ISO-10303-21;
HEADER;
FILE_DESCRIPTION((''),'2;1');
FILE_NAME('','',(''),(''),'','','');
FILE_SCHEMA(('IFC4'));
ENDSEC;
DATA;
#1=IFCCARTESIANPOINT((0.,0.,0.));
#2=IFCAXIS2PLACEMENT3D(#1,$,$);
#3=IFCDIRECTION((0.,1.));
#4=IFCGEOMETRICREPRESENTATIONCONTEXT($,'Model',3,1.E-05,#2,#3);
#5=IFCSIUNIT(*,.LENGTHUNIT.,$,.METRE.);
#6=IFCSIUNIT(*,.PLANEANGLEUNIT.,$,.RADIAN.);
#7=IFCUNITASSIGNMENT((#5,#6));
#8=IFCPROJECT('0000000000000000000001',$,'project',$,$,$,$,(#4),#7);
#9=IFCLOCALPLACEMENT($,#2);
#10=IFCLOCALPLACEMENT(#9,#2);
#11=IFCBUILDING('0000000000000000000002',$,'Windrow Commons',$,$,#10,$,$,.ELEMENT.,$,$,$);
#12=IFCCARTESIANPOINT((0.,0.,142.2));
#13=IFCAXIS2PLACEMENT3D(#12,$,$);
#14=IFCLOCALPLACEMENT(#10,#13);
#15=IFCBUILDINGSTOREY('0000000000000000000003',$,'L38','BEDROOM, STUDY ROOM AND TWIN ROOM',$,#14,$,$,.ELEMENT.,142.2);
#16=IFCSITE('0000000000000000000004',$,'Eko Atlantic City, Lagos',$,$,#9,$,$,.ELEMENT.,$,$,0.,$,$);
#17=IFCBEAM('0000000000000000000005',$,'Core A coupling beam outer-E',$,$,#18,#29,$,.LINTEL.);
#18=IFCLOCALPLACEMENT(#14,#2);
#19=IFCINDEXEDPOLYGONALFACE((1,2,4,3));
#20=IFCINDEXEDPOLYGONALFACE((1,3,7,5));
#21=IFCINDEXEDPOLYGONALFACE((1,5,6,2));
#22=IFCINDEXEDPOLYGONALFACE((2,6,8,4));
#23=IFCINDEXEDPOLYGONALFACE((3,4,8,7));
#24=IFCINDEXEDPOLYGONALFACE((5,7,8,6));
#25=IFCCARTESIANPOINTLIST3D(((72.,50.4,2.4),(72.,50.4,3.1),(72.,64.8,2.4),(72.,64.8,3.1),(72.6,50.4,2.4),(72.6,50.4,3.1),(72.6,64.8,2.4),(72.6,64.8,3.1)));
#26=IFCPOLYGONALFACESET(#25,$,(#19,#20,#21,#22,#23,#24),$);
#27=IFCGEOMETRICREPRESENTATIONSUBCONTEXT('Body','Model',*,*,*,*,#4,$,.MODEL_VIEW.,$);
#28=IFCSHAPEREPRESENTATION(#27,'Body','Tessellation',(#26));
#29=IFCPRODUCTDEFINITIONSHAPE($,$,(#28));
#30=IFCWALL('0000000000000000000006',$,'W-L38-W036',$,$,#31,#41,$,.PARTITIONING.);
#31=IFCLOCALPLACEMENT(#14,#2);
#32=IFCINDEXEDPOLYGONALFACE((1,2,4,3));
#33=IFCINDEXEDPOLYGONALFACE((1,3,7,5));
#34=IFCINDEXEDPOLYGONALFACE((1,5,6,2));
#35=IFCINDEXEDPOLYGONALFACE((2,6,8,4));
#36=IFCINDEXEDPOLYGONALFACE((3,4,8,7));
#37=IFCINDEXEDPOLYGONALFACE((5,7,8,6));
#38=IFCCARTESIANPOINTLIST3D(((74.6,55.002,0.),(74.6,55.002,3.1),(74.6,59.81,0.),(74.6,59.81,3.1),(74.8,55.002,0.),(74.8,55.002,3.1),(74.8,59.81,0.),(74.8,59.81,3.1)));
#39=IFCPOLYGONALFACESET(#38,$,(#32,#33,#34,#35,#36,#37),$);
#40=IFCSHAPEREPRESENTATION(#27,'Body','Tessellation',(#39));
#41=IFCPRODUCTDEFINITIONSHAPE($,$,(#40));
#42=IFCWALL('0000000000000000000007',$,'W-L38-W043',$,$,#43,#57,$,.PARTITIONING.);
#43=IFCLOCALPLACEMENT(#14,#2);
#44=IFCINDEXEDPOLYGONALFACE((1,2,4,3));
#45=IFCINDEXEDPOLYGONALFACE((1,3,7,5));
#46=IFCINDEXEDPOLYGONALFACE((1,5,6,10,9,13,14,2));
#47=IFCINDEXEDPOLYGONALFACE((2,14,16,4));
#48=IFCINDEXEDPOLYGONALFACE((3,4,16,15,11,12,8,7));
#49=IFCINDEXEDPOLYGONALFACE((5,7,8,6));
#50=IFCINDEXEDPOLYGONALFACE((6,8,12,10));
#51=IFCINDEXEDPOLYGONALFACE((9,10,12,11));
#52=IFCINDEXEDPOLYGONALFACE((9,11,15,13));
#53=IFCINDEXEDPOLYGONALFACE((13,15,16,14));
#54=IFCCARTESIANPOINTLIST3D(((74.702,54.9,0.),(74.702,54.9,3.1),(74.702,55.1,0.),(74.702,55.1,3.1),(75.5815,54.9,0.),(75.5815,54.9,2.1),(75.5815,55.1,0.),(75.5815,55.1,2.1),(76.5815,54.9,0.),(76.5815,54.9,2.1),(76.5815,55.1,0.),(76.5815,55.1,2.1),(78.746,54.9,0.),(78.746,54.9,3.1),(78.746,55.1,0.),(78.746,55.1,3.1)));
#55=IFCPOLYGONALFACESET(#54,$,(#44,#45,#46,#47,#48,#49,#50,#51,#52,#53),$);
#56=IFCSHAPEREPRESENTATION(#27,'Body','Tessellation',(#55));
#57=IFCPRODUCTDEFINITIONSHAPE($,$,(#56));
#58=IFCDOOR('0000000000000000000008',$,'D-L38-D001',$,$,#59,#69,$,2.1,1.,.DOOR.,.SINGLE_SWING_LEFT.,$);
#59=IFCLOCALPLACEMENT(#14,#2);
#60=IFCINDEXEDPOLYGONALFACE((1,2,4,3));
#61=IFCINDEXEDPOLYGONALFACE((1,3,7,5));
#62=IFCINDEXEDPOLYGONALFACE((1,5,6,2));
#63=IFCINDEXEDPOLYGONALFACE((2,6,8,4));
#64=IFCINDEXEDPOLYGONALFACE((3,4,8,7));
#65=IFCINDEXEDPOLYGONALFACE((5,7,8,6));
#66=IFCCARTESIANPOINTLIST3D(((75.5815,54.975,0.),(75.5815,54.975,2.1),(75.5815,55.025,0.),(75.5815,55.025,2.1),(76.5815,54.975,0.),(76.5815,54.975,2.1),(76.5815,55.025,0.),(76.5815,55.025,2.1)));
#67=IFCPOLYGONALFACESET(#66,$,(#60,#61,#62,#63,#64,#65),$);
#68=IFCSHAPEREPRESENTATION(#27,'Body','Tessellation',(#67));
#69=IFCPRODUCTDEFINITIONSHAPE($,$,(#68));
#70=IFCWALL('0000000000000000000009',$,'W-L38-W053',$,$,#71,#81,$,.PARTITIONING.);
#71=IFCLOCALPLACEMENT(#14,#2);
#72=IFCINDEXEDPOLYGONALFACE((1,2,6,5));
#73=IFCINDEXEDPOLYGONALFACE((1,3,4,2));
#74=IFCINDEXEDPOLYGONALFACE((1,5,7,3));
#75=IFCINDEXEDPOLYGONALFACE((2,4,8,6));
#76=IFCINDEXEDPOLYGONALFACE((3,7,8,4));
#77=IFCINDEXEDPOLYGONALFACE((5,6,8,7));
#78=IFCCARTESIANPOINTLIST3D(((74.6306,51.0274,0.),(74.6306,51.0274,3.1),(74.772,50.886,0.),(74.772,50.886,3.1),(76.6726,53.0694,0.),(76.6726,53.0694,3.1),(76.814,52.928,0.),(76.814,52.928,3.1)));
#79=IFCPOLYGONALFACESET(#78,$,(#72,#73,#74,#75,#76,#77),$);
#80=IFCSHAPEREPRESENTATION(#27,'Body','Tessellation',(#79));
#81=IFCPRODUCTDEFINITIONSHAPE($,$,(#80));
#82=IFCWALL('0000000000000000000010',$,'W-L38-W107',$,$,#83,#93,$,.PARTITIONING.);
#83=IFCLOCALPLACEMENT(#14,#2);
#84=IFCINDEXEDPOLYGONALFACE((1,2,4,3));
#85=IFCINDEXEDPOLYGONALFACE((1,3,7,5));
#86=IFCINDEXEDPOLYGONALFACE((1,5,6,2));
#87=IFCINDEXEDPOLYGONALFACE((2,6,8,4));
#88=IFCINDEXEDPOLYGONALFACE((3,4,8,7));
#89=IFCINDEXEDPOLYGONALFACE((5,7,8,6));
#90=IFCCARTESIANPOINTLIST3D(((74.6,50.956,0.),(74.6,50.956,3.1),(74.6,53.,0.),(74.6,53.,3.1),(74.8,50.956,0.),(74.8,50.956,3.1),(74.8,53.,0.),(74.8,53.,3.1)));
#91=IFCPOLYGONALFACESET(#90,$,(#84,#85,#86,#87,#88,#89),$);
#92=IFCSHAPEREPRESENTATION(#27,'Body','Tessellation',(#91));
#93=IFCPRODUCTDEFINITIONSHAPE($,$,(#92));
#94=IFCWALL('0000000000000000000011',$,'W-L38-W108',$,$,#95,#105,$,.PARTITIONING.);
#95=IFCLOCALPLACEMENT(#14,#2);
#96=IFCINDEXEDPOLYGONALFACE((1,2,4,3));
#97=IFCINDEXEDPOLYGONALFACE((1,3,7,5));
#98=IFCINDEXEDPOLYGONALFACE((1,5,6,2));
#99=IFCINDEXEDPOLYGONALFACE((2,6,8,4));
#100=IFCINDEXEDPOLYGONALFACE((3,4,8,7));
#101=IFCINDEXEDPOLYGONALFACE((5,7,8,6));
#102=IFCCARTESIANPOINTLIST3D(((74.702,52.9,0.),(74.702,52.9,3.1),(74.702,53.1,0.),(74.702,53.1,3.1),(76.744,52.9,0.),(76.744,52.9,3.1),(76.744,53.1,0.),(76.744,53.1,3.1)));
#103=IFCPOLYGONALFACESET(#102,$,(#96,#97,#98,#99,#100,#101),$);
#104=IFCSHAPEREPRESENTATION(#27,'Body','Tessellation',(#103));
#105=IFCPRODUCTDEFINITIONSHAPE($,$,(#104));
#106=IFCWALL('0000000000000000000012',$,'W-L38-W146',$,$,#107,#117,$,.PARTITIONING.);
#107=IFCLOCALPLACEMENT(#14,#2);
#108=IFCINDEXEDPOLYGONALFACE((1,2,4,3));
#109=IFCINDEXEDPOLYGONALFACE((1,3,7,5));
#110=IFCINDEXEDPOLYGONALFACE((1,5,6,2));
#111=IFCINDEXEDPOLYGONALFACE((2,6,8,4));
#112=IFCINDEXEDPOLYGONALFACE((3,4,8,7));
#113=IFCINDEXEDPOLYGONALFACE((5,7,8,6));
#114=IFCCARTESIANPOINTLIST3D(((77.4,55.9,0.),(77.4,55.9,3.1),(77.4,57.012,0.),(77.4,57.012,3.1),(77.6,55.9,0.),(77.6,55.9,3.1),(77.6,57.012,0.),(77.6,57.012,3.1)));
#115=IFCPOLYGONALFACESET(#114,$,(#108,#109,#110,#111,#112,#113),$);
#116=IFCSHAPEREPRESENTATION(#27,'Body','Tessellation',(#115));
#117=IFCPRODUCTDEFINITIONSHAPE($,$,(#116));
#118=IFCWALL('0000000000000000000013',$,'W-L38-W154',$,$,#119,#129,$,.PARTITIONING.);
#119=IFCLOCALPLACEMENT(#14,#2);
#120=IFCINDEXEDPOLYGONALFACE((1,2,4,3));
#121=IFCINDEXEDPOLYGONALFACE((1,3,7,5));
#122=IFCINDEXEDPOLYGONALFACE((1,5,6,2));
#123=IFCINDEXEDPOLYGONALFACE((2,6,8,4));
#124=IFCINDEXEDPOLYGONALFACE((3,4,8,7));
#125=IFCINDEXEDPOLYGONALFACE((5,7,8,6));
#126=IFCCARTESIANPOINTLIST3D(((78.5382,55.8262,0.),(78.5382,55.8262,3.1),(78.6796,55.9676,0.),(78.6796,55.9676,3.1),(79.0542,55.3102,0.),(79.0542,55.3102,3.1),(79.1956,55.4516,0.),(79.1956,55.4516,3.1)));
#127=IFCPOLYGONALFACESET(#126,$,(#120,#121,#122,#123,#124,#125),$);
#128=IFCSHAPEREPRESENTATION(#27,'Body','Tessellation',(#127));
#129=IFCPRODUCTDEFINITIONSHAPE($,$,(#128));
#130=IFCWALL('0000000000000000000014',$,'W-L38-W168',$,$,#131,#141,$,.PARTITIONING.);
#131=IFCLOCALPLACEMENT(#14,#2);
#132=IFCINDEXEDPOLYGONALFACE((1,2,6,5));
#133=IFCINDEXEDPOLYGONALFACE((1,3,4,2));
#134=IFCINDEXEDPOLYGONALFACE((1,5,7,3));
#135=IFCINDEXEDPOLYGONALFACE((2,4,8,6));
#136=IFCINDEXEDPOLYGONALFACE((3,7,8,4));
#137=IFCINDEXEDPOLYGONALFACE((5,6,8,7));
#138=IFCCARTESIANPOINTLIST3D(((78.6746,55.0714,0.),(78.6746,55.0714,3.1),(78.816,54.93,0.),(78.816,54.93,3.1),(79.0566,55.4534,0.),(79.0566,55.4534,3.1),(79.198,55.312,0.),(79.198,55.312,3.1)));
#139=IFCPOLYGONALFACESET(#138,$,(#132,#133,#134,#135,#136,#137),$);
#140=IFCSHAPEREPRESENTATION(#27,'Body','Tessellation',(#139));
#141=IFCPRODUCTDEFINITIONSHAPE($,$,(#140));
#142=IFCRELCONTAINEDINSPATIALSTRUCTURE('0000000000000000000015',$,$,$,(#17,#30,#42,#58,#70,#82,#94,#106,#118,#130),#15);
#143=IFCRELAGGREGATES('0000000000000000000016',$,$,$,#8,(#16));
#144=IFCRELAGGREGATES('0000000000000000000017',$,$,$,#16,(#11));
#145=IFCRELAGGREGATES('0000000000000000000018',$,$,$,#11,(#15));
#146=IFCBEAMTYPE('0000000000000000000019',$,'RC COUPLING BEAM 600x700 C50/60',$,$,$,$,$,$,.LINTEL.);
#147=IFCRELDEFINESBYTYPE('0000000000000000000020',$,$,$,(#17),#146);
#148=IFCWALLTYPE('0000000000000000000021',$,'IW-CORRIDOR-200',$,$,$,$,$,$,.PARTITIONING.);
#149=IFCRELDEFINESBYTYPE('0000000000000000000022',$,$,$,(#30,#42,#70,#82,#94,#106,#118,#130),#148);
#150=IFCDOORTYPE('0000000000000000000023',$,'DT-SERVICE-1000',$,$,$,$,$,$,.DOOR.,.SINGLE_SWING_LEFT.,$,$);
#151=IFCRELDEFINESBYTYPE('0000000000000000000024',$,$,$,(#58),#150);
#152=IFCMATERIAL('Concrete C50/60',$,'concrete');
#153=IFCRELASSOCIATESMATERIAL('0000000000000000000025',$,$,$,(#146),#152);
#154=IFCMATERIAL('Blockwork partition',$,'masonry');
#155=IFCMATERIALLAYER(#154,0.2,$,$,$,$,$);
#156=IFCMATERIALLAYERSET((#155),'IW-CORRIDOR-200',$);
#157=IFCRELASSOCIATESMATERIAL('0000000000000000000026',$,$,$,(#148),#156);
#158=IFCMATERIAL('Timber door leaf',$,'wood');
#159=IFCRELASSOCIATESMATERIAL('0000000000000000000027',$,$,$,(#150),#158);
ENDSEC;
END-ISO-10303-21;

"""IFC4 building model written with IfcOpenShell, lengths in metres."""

from ifc_helpers import new_model, si_unit, direction, frame, frame_2d, origin, origin_2d, place, context, subcontext, project, spatial, rectangle, extrude, material, layer, layer_set, material_profile, profile_set, type_object, element, fill, save


model = new_model("IFC4")

# Units and contexts
model_context = context("Model", 3, precision=1e-05, world=origin(), true_north=direction((0.0, 1.0)))
body_context = subcontext(model_context, "Body", "Model", "MODEL_VIEW")
ifc_project = project(units=[si_unit("LENGTHUNIT", "METRE"), si_unit("PLANEANGLEUNIT", "RADIAN")], contexts=[model_context])

# Site, building, storey
site_placement = place(None, origin())
site = spatial("IfcSite", under=ifc_project, at=site_placement, Name="Eko Atlantic City, Lagos", CompositionType="ELEMENT", RefElevation=0.0)
building_placement = place(site_placement, origin())
building = spatial("IfcBuilding", under=site, at=building_placement, Name="Windrow Commons", CompositionType="ELEMENT")
storey_placement = place(building_placement, frame((0.0, 0.0, 142.2)))
storey = spatial("IfcBuildingStorey", under=building, at=storey_placement, Name="L38", Description="BEDROOM, STUDY ROOM AND TWIN ROOM", CompositionType="ELEMENT", Elevation=142.2)

# Beam
ifc_material_1 = material(Name="Concrete C50/60", Category="concrete")
ifc_material_profile = material_profile(ifc_material_1, rectangle(XDim=0.6, YDim=0.7, at=origin_2d()))
ifc_profile_set = profile_set([ifc_material_profile], Name="Concrete C50/60")
beam_type = type_object("IfcBeamType", Name="RC COUPLING BEAM 600x700 C50/60", PredefinedType="LINTEL", material=ifc_profile_set)
beam_placement = place(storey_placement, frame((72.3, 50.4, 2.75), z_axis=(0.0, 1.0, 0.0), x_axis=(-1.0, 0.0, 0.0)))
element("IfcBeam", 1, at=beam_placement, inside=storey, type_object=beam_type, Name="Core A coupling beam outer-E", PredefinedType="LINTEL", context=body_context, shape_type="SweptSolid", body=[
    extrude(rectangle(XDim=0.6, YDim=0.7, at=origin_2d()), origin(), (0.0, 0.0, 1.0), 14.4),
])

# Wall
ifc_material_2 = material(Name="Blockwork partition", Category="masonry")
ifc_layer_1 = layer(ifc_material_2, 0.2)
ifc_layer_set_1 = layer_set([ifc_layer_1], Name="IW-CORRIDOR-200")
wall_type_1 = type_object("IfcWallType", Name="IW-CORRIDOR-200", PredefinedType="PARTITIONING", material=ifc_layer_set_1)
wall_1_placement = place(storey_placement, frame((74.7, 55.002, 0.0), z_axis=(0.0, 0.0, 1.0), x_axis=(0.0, 1.0, 0.0)))
element("IfcWall", 2, at=wall_1_placement, inside=storey, type_object=wall_type_1, Name="W-L38-W036", PredefinedType="PARTITIONING", context=body_context, shape_type="SweptSolid", body=[
    extrude(rectangle(XDim=4.808, YDim=0.2, at=frame_2d((2.404, 0.0))), origin(), (0.0, 0.0, 1.0), 3.1),
])

# Wall, opening, door
wall_2_placement = place(storey_placement, frame((74.702, 55.0, 0.0), z_axis=(0.0, 0.0, 1.0), x_axis=(1.0, 0.0, 0.0)))
wall_2 = element("IfcWall", 3, at=wall_2_placement, inside=storey, type_object=wall_type_1, Name="W-L38-W043", PredefinedType="PARTITIONING", context=body_context, shape_type="SweptSolid", body=[
    extrude(rectangle(XDim=4.044, YDim=0.2, at=frame_2d((2.022, 0.0))), origin(), (0.0, 0.0, 1.0), 3.1),
])
opening_1_placement = place(wall_2_placement, frame((0.8795, 0.0, 0.0)))
opening_1 = element("IfcOpeningElement", 4, at=opening_1_placement, cuts=wall_2, PredefinedType="OPENING", context=body_context, shape_type="SweptSolid", body=[
    extrude(rectangle(XDim=1.0, YDim=2.1, at=frame_2d((0.5, 1.05))), frame((0.0, 0.11, 0.0), z_axis=(0.0, -1.0, 0.0), x_axis=(1.0, 0.0, 0.0)), (0.0, 0.0, 1.0), 0.22),
])
ifc_material_3 = material(Name="Timber door leaf", Category="wood")
door_type_1 = type_object("IfcDoorType", Name="DT-SERVICE-1000", OperationType="SINGLE_SWING_LEFT", PredefinedType="DOOR", material=ifc_material_3)
door_1_placement = place(opening_1_placement, origin())
door_1 = element("IfcDoor", 5, at=door_1_placement, inside=storey, type_object=door_type_1, Name="D-L38-D001", OperationType="SINGLE_SWING_LEFT", OverallHeight=2.1, OverallWidth=1.0, PredefinedType="DOOR", context=body_context, shape_type="SweptSolid", body=[
    extrude(rectangle(XDim=1.0, YDim=2.1, at=frame_2d((0.5, 1.05))), frame((0.0, 0.025, 0.0), z_axis=(0.0, -1.0, 0.0), x_axis=(1.0, 0.0, 0.0)), (0.0, 0.0, 1.0), 0.05),
])
fill(opening_1, door_1)

# Walls
wall_3_placement = place(storey_placement, frame((74.7013, 50.9567, 0.0), z_axis=(0.0, 0.0, 1.0), x_axis=(0.707107, 0.707107, 0.0)))
element("IfcWall", 6, at=wall_3_placement, inside=storey, type_object=wall_type_1, Name="W-L38-W053", PredefinedType="PARTITIONING", context=body_context, shape_type="SweptSolid", body=[
    extrude(rectangle(XDim=2.8878, YDim=0.2, at=frame_2d((1.4439, 0.0))), origin(), (0.0, 0.0, 1.0), 3.1),
])
wall_4_placement = place(storey_placement, frame((74.7, 50.956, 0.0), z_axis=(0.0, 0.0, 1.0), x_axis=(0.0, 1.0, 0.0)))
element("IfcWall", 7, at=wall_4_placement, inside=storey, type_object=wall_type_1, Name="W-L38-W107", PredefinedType="PARTITIONING", context=body_context, shape_type="SweptSolid", body=[
    extrude(rectangle(XDim=2.044, YDim=0.2, at=frame_2d((1.022, 0.0))), origin(), (0.0, 0.0, 1.0), 3.1),
])
wall_5_placement = place(storey_placement, frame((74.702, 53.0, 0.0), z_axis=(0.0, 0.0, 1.0), x_axis=(1.0, 0.0, 0.0)))
element("IfcWall", 8, at=wall_5_placement, inside=storey, type_object=wall_type_1, Name="W-L38-W108", PredefinedType="PARTITIONING", context=body_context, shape_type="SweptSolid", body=[
    extrude(rectangle(XDim=2.042, YDim=0.2, at=frame_2d((1.021, 0.0))), origin(), (0.0, 0.0, 1.0), 3.1),
])
wall_6_placement = place(storey_placement, frame((77.5, 55.9, 0.0), z_axis=(0.0, 0.0, 1.0), x_axis=(0.0, 1.0, 0.0)))
element("IfcWall", 9, at=wall_6_placement, inside=storey, type_object=wall_type_1, Name="W-L38-W146", PredefinedType="PARTITIONING", context=body_context, shape_type="SweptSolid", body=[
    extrude(rectangle(XDim=1.112, YDim=0.2, at=frame_2d((0.556, 0.0))), origin(), (0.0, 0.0, 1.0), 3.1),
])
wall_7_placement = place(storey_placement, frame((78.6089, 55.8969, 0.0), z_axis=(0.0, 0.0, 1.0), x_axis=(0.707107, -0.707107, 0.0)))
element("IfcWall", 10, at=wall_7_placement, inside=storey, type_object=wall_type_1, Name="W-L38-W154", PredefinedType="PARTITIONING", context=body_context, shape_type="SweptSolid", body=[
    extrude(rectangle(XDim=0.7297, YDim=0.2, at=frame_2d((0.3649, 0.0))), origin(), (0.0, 0.0, 1.0), 3.1),
])
wall_8_placement = place(storey_placement, frame((78.7453, 55.0007, 0.0), z_axis=(0.0, 0.0, 1.0), x_axis=(0.707107, 0.707107, 0.0)))
element("IfcWall", 11, at=wall_8_placement, inside=storey, type_object=wall_type_1, Name="W-L38-W168", PredefinedType="PARTITIONING", context=body_context, shape_type="SweptSolid", body=[
    extrude(rectangle(XDim=0.5402, YDim=0.2, at=frame_2d((0.2701, 0.0))), origin(), (0.0, 0.0, 1.0), 3.1),
])

save(model, "model.ifc")
